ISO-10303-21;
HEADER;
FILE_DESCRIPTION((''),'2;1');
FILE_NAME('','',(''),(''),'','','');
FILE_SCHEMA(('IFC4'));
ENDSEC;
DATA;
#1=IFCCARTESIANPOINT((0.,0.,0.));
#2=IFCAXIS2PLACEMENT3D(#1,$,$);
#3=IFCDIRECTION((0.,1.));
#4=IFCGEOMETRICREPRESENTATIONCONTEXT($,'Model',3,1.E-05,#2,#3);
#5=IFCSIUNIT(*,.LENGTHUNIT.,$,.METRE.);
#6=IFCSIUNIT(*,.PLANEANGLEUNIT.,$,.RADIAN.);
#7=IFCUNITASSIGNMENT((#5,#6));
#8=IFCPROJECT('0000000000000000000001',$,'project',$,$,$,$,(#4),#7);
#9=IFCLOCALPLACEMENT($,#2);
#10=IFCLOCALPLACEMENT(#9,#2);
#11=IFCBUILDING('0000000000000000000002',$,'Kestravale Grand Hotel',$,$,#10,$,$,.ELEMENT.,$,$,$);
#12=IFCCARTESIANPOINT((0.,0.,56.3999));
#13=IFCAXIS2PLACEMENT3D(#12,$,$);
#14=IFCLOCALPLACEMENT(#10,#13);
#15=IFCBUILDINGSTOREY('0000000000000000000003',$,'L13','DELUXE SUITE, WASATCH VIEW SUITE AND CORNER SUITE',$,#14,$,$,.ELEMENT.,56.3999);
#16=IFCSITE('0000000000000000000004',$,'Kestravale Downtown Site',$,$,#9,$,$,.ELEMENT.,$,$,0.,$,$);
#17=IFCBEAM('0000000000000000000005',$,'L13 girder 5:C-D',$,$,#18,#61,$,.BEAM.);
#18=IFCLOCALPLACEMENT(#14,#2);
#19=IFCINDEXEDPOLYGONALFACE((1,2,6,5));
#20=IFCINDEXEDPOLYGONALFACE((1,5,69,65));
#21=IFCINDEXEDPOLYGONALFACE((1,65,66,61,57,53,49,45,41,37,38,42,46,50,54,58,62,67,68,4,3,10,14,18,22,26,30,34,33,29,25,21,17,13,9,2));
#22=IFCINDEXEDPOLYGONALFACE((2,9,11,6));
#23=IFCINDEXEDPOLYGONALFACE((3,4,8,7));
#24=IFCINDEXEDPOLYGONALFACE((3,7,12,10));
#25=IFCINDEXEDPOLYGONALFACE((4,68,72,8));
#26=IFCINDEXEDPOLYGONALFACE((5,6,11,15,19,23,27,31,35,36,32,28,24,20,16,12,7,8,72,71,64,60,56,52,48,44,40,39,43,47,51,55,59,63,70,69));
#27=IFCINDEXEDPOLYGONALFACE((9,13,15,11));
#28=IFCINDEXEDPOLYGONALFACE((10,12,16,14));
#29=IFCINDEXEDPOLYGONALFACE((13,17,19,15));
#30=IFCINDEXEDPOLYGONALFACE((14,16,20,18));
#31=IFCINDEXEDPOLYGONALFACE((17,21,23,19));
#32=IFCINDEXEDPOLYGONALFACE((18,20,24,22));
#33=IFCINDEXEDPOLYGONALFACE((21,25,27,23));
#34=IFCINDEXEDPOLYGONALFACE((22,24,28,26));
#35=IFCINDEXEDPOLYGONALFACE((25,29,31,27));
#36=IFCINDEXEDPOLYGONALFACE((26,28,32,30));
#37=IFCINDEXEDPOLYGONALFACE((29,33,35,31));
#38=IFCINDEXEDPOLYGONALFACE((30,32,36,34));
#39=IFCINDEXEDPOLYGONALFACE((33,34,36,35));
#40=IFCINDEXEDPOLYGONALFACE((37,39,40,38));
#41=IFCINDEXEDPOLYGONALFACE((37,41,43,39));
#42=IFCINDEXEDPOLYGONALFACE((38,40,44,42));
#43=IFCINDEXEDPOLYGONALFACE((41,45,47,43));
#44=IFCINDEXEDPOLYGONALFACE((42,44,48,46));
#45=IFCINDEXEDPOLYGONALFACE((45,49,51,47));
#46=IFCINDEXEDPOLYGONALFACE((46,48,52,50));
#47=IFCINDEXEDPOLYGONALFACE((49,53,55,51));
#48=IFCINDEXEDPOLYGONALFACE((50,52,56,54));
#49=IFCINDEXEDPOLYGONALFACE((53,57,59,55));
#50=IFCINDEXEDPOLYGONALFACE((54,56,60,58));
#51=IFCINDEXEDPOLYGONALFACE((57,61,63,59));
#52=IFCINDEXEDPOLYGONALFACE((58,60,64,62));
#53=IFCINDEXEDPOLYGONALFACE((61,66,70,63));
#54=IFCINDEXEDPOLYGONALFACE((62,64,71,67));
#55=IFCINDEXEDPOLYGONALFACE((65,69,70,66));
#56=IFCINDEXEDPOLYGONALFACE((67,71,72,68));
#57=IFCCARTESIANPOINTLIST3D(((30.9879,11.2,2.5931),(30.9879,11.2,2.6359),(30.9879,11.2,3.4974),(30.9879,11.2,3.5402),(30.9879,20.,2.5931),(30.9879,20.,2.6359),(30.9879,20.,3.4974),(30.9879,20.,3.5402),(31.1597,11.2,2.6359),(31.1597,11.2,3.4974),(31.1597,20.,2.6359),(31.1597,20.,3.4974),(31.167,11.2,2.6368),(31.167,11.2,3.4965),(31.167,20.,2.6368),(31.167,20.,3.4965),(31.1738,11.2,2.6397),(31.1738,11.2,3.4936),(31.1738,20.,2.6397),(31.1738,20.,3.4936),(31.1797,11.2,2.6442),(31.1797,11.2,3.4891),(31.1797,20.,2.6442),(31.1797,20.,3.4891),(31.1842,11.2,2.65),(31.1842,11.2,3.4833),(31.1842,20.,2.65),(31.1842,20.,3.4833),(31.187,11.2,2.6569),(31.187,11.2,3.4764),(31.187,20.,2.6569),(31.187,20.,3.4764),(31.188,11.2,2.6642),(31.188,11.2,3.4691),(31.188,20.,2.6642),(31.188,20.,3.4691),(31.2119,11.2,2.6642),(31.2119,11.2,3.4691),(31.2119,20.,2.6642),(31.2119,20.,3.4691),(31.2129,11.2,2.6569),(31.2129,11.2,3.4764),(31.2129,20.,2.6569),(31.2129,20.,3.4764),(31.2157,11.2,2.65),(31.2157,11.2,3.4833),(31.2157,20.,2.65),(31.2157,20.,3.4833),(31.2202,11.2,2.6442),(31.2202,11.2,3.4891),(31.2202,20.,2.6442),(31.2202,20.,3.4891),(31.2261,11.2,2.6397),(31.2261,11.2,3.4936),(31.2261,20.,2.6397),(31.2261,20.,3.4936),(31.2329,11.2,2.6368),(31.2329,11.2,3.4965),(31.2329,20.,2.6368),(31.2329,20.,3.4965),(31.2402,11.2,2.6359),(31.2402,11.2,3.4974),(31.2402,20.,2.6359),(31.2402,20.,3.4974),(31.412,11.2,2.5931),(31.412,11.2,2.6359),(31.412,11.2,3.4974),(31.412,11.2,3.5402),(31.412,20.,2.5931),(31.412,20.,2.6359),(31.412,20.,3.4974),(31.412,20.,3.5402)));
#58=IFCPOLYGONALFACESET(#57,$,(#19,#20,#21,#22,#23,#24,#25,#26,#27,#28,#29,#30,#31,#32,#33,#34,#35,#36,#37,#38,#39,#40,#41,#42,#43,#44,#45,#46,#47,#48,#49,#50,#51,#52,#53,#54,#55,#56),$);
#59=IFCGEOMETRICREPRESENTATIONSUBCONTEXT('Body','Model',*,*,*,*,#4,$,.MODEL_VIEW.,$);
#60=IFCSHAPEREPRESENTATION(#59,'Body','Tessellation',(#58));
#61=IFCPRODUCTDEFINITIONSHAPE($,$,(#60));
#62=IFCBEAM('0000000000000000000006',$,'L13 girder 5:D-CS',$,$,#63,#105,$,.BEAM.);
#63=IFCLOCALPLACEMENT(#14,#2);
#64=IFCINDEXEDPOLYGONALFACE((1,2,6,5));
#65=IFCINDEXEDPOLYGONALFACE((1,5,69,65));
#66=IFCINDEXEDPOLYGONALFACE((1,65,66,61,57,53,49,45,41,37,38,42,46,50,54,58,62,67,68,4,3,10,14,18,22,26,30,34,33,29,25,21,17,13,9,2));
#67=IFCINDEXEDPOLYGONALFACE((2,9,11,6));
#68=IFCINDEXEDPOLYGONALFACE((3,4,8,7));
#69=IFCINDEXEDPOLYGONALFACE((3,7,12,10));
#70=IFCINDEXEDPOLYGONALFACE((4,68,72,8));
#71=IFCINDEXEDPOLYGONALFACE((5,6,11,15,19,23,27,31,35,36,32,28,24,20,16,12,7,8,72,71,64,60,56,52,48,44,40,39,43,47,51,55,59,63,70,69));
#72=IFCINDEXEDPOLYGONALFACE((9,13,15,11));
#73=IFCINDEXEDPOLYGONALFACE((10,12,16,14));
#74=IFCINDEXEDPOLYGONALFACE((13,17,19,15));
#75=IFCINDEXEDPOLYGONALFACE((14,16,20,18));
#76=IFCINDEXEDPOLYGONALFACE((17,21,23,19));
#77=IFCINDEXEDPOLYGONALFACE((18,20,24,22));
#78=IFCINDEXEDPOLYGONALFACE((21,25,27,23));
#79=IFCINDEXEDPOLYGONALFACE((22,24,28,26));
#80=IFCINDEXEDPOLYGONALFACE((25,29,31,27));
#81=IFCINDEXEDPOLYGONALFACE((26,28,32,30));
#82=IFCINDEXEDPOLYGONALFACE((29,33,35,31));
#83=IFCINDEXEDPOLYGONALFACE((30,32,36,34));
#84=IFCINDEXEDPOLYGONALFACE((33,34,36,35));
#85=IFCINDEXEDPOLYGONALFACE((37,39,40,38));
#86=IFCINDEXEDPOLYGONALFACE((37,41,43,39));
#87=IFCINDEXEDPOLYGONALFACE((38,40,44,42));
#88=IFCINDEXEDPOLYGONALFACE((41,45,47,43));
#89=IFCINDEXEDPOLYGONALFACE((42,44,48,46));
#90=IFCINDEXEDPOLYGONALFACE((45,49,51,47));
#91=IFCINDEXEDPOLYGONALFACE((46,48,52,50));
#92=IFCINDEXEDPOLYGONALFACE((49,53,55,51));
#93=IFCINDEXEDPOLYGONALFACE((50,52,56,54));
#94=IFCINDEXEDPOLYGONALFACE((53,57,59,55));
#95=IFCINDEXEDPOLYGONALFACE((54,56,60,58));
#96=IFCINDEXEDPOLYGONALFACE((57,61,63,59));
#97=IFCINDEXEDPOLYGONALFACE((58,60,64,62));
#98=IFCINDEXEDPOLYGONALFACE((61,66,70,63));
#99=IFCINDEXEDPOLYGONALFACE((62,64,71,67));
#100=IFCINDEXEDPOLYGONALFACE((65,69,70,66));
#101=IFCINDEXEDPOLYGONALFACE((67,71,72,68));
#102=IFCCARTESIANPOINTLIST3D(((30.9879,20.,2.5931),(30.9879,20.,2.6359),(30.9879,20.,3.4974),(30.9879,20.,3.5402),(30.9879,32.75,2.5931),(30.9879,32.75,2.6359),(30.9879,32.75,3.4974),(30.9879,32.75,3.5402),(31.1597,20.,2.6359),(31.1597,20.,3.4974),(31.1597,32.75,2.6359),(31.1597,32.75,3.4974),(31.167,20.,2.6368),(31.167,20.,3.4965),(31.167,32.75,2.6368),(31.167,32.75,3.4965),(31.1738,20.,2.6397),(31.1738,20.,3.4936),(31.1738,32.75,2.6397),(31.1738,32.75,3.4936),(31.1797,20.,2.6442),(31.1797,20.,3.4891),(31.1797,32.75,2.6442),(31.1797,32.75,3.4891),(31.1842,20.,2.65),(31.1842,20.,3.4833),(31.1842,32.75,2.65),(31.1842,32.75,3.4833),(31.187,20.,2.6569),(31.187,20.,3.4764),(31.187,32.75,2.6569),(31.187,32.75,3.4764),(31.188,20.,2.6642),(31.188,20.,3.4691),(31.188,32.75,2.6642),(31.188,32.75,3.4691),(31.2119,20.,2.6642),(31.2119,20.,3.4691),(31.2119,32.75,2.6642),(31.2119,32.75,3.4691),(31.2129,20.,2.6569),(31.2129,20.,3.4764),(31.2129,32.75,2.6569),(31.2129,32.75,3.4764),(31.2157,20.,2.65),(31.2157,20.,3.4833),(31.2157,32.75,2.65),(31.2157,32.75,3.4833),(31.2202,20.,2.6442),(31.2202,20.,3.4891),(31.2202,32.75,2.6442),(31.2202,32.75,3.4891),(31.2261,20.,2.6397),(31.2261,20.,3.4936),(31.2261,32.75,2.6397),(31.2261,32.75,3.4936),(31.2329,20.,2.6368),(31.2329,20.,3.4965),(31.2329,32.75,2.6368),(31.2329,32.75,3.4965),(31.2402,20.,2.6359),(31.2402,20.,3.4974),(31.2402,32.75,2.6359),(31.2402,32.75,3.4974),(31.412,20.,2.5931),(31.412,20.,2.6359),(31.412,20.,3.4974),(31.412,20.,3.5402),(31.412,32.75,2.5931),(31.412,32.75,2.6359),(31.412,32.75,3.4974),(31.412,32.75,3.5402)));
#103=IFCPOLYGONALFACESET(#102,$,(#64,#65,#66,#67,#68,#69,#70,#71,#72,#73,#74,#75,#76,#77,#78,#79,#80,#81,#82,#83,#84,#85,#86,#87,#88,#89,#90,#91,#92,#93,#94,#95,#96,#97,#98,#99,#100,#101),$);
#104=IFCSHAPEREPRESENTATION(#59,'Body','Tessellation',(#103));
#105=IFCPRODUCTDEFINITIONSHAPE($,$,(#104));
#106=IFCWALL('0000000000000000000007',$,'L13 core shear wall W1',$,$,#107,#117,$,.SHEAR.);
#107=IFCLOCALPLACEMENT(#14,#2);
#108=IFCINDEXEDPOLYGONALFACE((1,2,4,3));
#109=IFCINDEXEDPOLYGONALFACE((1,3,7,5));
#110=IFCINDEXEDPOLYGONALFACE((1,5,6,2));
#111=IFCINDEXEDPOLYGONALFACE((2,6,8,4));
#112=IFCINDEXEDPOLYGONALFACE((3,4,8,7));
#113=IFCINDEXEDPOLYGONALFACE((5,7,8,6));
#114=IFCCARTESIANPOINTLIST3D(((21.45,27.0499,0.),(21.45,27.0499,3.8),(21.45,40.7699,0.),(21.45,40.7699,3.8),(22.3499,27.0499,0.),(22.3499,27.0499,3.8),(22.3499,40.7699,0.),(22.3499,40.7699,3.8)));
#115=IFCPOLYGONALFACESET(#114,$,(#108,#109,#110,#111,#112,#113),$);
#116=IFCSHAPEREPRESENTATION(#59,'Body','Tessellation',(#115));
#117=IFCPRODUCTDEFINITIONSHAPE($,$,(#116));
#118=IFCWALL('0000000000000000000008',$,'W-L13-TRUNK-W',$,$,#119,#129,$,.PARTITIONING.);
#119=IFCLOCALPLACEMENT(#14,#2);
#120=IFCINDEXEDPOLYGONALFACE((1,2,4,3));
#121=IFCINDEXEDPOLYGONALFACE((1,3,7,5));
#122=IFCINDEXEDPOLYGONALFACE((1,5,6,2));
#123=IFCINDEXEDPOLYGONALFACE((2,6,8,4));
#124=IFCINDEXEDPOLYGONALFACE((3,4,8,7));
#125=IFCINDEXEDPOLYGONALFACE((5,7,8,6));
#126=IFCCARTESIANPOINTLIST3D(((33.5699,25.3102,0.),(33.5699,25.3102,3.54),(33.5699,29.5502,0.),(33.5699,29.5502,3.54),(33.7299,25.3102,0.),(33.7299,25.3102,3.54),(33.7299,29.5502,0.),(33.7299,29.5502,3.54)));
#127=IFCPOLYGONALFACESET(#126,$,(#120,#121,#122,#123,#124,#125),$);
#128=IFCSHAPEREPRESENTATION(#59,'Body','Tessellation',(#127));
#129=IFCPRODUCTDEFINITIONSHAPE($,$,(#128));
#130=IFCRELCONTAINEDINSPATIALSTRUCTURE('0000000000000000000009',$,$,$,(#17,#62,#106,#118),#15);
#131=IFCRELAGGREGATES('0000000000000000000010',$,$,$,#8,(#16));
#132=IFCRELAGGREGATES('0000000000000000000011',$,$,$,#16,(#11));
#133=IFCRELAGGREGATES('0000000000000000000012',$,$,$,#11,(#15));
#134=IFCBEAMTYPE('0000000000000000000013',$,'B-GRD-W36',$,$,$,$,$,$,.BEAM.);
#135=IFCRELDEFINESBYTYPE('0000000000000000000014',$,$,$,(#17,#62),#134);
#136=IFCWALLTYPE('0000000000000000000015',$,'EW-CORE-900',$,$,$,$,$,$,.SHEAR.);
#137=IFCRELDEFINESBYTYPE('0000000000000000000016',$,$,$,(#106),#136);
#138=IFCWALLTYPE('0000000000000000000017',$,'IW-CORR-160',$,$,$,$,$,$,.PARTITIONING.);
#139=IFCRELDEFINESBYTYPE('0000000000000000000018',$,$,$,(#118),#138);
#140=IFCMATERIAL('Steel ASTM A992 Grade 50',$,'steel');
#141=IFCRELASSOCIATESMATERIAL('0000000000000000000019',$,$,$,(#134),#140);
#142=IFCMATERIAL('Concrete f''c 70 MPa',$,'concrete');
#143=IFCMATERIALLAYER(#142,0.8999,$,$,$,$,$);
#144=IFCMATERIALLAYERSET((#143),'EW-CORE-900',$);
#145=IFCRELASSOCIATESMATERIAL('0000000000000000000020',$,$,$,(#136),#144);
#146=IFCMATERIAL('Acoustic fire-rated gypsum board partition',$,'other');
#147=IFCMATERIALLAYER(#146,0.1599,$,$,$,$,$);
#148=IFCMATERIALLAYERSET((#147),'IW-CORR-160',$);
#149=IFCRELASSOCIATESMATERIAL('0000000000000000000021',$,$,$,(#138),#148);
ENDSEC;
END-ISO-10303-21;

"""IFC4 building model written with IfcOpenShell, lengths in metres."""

from ifc_helpers import new_model, si_unit, direction, frame, frame_2d, origin, origin_2d, place, context, subcontext, project, spatial, rectangle, i_section, extrude, material, layer, layer_set, material_profile, profile_set, type_object, element, save


model = new_model("IFC4")

# Units and contexts
model_context = context("Model", 3, precision=1e-05, world=origin(), true_north=direction((0.0, 1.0)))
body_context = subcontext(model_context, "Body", "Model", "MODEL_VIEW")
ifc_project = project(units=[si_unit("LENGTHUNIT", "METRE"), si_unit("PLANEANGLEUNIT", "RADIAN")], contexts=[model_context])

# Site, building, storey
site_placement = place(None, origin())
site = spatial("IfcSite", under=ifc_project, at=site_placement, Name="Kestravale Downtown Site", CompositionType="ELEMENT", RefElevation=0.0)
building_placement = place(site_placement, origin())
building = spatial("IfcBuilding", under=site, at=building_placement, Name="Kestravale Grand Hotel", CompositionType="ELEMENT")
storey_placement = place(building_placement, frame((0.0, 0.0, 56.3999)))
storey = spatial("IfcBuildingStorey", under=building, at=storey_placement, Name="L13", Description="DELUXE SUITE, WASATCH VIEW SUITE AND CORNER SUITE", CompositionType="ELEMENT", Elevation=56.3999)

# Beams
ifc_material_1 = material(Name="Steel ASTM A992 Grade 50", Category="steel")
ifc_material_profile_1 = material_profile(ifc_material_1, i_section(OverallWidth=0.4241, OverallDepth=0.947, WebThickness=0.0239, FlangeThickness=0.0427, FilletRadius=0.0283, at=origin_2d()))
ifc_profile_set_1 = profile_set([ifc_material_profile_1], Name="Steel ASTM A992 Grade 50")
beam_type_1 = type_object("IfcBeamType", Name="B-GRD-W36", PredefinedType="BEAM", material=ifc_profile_set_1)
beam_1_placement = place(storey_placement, frame((31.2, 11.2, 3.0667), z_axis=(0.0, 1.0, 0.0), x_axis=(-1.0, 0.0, 0.0)))
element("IfcBeam", 1, at=beam_1_placement, inside=storey, type_object=beam_type_1, Name="L13 girder 5:C-D", PredefinedType="BEAM", context=body_context, shape_type="SweptSolid", body=[
    extrude(i_section(OverallWidth=0.4241, OverallDepth=0.947, WebThickness=0.0239, FlangeThickness=0.0427, FilletRadius=0.0283, at=origin_2d()), origin(), (0.0, 0.0, 1.0), 8.8),
])
beam_2_placement = place(storey_placement, frame((31.2, 20.0, 3.0667), z_axis=(0.0, 1.0, 0.0), x_axis=(-1.0, 0.0, 0.0)))
element("IfcBeam", 2, at=beam_2_placement, inside=storey, type_object=beam_type_1, Name="L13 girder 5:D-CS", PredefinedType="BEAM", context=body_context, shape_type="SweptSolid", body=[
    extrude(i_section(OverallWidth=0.4241, OverallDepth=0.947, WebThickness=0.0239, FlangeThickness=0.0427, FilletRadius=0.0283, at=origin_2d()), origin(), (0.0, 0.0, 1.0), 12.75),
])

# Walls
ifc_material_2 = material(Name="Concrete f'c 70 MPa", Category="concrete")
ifc_layer_1 = layer(ifc_material_2, 0.8999)
ifc_layer_set_1 = layer_set([ifc_layer_1], Name="EW-CORE-900")
wall_type_1 = type_object("IfcWallType", Name="EW-CORE-900", PredefinedType="SHEAR", material=ifc_layer_set_1)
wall_1_placement = place(storey_placement, frame((21.8999, 27.05, 0.0), z_axis=(0.0, 0.0, 1.0), x_axis=(0.0, 1.0, 0.0)))
element("IfcWall", 3, at=wall_1_placement, inside=storey, type_object=wall_type_1, Name="L13 core shear wall W1", PredefinedType="SHEAR", context=body_context, shape_type="SweptSolid", body=[
    extrude(rectangle(XDim=13.72, YDim=0.8999, at=frame_2d((6.8599, 0.0))), origin(), (0.0, 0.0, 1.0), 3.8),
])
ifc_material_3 = material(Name="Acoustic fire-rated gypsum board partition", Category="other")
ifc_layer_2 = layer(ifc_material_3, 0.1599)
ifc_layer_set_2 = layer_set([ifc_layer_2], Name="IW-CORR-160")
wall_type_2 = type_object("IfcWallType", Name="IW-CORR-160", PredefinedType="PARTITIONING", material=ifc_layer_set_2)
wall_2_placement = place(storey_placement, frame((33.6499, 25.3101, 0.0), z_axis=(0.0, 0.0, 1.0), x_axis=(0.0, 1.0, 0.0)))
element("IfcWall", 4, at=wall_2_placement, inside=storey, type_object=wall_type_2, Name="W-L13-TRUNK-W", PredefinedType="PARTITIONING", context=body_context, shape_type="SweptSolid", body=[
    extrude(rectangle(XDim=4.24, YDim=0.1599, at=frame_2d((2.1201, 0.0))), origin(), (0.0, 0.0, 1.0), 3.54),
])

save(model, "model.ifc")
